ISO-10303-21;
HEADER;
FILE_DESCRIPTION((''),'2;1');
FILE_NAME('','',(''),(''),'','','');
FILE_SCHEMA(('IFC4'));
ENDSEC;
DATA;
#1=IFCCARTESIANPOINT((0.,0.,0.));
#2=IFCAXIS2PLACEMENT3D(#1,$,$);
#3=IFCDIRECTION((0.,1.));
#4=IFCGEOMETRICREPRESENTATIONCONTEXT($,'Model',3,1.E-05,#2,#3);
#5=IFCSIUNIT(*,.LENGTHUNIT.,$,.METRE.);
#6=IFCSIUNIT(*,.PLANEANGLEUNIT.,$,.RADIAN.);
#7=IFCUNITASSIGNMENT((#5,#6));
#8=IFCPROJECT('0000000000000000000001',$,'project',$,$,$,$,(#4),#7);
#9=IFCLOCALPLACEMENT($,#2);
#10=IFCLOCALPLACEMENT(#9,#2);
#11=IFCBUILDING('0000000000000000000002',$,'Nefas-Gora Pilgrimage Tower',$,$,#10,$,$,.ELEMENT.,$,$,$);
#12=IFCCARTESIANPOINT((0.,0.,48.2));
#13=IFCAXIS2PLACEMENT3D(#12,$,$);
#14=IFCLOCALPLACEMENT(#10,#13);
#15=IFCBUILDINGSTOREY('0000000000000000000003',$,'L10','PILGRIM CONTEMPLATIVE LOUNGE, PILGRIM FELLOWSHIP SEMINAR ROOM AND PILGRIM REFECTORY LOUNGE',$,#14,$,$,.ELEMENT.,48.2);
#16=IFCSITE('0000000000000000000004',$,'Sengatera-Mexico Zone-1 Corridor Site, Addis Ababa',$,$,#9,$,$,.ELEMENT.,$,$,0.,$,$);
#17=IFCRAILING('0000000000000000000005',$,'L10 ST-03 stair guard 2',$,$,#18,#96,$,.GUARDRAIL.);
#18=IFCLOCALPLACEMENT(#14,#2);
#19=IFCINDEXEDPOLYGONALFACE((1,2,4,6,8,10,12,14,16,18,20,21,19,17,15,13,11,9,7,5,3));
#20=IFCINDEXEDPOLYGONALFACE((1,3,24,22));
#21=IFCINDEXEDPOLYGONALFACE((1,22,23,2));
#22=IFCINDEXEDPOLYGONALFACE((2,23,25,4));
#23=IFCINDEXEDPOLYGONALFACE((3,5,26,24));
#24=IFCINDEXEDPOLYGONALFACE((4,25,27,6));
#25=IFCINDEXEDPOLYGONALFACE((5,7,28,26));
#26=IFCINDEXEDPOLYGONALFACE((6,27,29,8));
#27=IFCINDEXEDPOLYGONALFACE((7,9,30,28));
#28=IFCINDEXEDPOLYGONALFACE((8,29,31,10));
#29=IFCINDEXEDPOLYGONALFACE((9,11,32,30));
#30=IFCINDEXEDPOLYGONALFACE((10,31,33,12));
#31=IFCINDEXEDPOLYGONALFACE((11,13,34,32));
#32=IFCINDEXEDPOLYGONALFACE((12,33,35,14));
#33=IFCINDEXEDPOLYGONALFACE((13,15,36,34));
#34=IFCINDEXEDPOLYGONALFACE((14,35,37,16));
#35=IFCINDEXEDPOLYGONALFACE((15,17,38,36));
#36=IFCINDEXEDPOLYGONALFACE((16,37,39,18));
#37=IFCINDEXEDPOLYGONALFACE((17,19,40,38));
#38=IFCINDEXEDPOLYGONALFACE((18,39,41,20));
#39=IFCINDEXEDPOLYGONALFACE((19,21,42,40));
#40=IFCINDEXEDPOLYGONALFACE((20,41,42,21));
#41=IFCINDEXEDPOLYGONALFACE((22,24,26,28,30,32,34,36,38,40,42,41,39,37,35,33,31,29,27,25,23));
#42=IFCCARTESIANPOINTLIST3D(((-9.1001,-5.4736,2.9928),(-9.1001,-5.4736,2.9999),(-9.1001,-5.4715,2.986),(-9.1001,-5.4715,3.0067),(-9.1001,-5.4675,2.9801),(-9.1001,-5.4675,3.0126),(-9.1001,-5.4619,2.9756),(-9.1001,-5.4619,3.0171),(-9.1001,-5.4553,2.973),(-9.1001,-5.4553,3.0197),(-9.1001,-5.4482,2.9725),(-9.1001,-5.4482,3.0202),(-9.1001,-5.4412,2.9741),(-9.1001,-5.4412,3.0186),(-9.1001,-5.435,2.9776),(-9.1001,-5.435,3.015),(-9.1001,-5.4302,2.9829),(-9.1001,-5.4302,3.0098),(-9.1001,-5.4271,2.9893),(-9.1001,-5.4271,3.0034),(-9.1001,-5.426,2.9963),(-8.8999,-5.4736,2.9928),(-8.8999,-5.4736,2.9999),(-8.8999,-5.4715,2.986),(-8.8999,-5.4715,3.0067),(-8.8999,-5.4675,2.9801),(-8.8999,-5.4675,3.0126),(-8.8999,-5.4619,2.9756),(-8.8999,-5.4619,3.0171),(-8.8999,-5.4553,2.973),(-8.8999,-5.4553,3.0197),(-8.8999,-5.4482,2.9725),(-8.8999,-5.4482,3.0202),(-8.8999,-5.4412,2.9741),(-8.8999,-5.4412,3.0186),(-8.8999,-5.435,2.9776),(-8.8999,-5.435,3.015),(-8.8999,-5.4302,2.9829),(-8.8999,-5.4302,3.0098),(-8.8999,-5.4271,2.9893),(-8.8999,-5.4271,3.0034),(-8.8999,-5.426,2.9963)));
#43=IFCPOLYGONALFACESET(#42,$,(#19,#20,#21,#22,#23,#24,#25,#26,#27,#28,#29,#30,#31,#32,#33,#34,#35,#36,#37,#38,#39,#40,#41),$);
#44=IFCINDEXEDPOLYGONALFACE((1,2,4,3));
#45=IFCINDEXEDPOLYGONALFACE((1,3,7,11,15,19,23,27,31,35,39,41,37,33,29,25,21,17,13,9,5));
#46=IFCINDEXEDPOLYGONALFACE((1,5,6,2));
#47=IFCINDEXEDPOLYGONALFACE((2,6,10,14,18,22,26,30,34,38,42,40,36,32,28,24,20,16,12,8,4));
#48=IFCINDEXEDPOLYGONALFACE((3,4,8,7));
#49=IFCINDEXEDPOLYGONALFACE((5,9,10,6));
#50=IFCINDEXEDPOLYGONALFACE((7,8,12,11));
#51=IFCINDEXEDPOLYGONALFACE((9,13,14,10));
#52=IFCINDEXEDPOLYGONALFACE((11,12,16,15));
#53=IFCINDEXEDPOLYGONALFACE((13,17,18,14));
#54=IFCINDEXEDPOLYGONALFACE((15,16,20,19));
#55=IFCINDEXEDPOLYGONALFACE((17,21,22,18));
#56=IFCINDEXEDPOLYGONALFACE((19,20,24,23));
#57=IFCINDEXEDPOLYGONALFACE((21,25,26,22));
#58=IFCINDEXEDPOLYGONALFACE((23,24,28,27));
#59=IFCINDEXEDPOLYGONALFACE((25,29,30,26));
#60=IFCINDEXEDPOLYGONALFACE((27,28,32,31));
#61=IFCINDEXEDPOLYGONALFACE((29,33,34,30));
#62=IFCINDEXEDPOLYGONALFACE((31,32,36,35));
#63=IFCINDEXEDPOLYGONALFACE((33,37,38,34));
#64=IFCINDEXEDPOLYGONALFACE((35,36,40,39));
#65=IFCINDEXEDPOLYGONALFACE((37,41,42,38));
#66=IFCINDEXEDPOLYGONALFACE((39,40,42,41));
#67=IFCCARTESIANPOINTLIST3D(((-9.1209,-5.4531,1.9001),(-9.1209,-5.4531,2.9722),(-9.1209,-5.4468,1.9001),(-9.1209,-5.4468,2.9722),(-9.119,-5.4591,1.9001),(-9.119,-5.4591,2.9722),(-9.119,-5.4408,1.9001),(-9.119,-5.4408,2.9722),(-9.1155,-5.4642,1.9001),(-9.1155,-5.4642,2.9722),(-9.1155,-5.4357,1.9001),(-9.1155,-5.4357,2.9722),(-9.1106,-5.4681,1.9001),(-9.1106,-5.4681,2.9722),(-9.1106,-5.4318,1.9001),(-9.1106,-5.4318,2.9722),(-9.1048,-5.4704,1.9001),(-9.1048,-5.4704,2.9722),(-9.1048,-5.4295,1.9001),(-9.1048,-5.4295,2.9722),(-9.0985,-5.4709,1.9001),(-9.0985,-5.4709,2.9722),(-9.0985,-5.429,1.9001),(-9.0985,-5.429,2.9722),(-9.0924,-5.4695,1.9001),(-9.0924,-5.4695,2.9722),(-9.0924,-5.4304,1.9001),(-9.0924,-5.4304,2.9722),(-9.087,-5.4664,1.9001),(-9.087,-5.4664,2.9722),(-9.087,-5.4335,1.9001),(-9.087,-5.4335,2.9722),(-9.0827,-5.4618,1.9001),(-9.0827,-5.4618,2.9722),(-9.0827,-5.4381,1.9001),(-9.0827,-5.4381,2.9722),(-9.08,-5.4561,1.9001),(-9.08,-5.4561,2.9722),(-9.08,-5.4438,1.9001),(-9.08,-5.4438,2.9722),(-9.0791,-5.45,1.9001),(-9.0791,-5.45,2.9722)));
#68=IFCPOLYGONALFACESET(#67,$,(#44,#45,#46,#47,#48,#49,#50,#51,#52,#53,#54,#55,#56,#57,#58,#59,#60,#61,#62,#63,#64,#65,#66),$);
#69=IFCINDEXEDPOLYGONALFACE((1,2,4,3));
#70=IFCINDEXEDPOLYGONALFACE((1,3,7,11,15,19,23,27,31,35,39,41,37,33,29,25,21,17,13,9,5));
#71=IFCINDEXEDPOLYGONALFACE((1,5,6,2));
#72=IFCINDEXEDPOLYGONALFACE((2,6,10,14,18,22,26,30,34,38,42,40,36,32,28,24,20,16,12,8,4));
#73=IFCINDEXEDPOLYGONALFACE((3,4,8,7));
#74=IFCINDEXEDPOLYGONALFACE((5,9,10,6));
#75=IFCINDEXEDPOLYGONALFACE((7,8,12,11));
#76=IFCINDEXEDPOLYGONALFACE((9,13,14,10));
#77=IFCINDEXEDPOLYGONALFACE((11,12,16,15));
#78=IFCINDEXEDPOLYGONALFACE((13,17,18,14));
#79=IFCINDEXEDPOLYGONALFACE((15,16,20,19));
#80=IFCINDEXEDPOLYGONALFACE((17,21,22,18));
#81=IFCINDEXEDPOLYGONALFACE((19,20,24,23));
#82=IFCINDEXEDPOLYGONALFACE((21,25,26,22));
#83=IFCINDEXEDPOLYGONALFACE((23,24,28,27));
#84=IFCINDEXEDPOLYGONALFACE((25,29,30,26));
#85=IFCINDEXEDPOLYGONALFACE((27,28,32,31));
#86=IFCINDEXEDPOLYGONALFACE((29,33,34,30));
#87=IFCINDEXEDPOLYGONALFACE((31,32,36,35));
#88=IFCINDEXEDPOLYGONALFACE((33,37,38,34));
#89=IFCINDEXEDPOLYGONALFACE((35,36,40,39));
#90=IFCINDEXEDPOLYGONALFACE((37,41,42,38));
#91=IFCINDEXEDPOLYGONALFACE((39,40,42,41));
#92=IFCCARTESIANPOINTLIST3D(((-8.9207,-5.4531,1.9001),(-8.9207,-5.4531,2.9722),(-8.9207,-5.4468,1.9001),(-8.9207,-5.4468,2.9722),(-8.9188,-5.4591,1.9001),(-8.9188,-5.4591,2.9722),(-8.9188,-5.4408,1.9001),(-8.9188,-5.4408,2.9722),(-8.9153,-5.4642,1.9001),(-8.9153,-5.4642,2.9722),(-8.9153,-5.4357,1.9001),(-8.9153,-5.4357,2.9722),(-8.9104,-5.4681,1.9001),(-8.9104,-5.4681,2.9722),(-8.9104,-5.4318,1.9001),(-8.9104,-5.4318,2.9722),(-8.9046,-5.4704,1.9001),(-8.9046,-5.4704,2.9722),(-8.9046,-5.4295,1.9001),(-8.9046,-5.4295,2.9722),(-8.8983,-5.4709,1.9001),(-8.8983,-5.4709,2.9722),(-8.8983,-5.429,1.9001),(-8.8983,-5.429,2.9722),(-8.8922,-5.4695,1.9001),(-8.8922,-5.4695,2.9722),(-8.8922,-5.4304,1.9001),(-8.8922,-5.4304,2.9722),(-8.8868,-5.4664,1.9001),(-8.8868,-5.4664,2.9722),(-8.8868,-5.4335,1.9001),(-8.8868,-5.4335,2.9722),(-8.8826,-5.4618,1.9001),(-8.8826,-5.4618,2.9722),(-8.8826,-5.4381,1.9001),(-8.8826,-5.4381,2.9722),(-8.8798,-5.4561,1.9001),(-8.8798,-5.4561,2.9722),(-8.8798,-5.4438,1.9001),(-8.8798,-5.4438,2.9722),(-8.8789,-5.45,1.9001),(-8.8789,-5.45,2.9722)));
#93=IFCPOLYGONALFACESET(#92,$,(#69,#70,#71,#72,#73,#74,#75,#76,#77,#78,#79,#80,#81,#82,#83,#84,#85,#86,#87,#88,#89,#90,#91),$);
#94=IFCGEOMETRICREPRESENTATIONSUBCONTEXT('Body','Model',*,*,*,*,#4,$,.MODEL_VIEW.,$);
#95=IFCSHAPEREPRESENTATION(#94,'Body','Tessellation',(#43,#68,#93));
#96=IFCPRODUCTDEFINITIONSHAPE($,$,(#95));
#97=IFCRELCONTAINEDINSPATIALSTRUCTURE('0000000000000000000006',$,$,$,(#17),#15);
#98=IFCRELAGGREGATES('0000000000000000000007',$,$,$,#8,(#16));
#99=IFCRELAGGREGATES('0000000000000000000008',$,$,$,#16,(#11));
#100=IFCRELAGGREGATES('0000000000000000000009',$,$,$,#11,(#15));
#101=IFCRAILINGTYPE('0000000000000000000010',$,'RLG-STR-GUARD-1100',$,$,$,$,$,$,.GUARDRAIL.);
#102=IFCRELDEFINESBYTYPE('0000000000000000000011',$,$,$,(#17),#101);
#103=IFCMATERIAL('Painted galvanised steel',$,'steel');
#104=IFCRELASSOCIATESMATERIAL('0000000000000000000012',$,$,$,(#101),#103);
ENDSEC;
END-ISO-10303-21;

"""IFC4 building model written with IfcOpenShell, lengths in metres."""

from ifc_helpers import new_model, si_unit, direction, frame, origin, origin_2d, place, context, subcontext, project, spatial, circle, extrude, material, type_object, element, save


model = new_model("IFC4")

# Units and contexts
model_context = context("Model", 3, precision=1e-05, world=origin(), true_north=direction((0.0, 1.0)))
body_context = subcontext(model_context, "Body", "Model", "MODEL_VIEW")
ifc_project = project(units=[si_unit("LENGTHUNIT", "METRE"), si_unit("PLANEANGLEUNIT", "RADIAN")], contexts=[model_context])

# Site, building, storey
site_placement = place(None, origin())
site = spatial("IfcSite", under=ifc_project, at=site_placement, Name="Sengatera-Mexico Zone-1 Corridor Site, Addis Ababa", CompositionType="ELEMENT", RefElevation=0.0)
building_placement = place(site_placement, origin())
building = spatial("IfcBuilding", under=site, at=building_placement, Name="Nefas-Gora Pilgrimage Tower", CompositionType="ELEMENT")
storey_placement = place(building_placement, frame((0.0, 0.0, 48.2)))
storey = spatial("IfcBuildingStorey", under=building, at=storey_placement, Name="L10", Description="PILGRIM CONTEMPLATIVE LOUNGE, PILGRIM FELLOWSHIP SEMINAR ROOM AND PILGRIM REFECTORY LOUNGE", CompositionType="ELEMENT", Elevation=48.2)

# Railing
ifc_material_1 = material(Name="Painted galvanised steel", Category="steel")
railing_type_1 = type_object("IfcRailingType", Name="RLG-STR-GUARD-1100", PredefinedType="GUARDRAIL", material=ifc_material_1)
railing_1_placement = place(storey_placement, frame((-9.1001, -5.45, 1.9001)))
element("IfcRailing", 1, at=railing_1_placement, inside=storey, type_object=railing_type_1, Name="L10 ST-03 stair guard 2", PredefinedType="GUARDRAIL", context=body_context, shape_type="SweptSolid", body=[
    extrude(circle(Radius=0.0239, at=origin_2d()), frame((0.0, 0.0, 1.0962), z_axis=(1.0, 0.0, 0.0), x_axis=(0.0, 1.0, 0.0)), (0.0, 0.0, 1.0), 0.2002),
    extrude(circle(Radius=0.021, at=origin_2d()), origin(), (0.0, 0.0, 1.0), 1.072),
    extrude(circle(Radius=0.021, at=origin_2d()), frame((0.2002, 0.0, 0.0)), (0.0, 0.0, 1.0), 1.072),
])

save(model, "model.ifc")
